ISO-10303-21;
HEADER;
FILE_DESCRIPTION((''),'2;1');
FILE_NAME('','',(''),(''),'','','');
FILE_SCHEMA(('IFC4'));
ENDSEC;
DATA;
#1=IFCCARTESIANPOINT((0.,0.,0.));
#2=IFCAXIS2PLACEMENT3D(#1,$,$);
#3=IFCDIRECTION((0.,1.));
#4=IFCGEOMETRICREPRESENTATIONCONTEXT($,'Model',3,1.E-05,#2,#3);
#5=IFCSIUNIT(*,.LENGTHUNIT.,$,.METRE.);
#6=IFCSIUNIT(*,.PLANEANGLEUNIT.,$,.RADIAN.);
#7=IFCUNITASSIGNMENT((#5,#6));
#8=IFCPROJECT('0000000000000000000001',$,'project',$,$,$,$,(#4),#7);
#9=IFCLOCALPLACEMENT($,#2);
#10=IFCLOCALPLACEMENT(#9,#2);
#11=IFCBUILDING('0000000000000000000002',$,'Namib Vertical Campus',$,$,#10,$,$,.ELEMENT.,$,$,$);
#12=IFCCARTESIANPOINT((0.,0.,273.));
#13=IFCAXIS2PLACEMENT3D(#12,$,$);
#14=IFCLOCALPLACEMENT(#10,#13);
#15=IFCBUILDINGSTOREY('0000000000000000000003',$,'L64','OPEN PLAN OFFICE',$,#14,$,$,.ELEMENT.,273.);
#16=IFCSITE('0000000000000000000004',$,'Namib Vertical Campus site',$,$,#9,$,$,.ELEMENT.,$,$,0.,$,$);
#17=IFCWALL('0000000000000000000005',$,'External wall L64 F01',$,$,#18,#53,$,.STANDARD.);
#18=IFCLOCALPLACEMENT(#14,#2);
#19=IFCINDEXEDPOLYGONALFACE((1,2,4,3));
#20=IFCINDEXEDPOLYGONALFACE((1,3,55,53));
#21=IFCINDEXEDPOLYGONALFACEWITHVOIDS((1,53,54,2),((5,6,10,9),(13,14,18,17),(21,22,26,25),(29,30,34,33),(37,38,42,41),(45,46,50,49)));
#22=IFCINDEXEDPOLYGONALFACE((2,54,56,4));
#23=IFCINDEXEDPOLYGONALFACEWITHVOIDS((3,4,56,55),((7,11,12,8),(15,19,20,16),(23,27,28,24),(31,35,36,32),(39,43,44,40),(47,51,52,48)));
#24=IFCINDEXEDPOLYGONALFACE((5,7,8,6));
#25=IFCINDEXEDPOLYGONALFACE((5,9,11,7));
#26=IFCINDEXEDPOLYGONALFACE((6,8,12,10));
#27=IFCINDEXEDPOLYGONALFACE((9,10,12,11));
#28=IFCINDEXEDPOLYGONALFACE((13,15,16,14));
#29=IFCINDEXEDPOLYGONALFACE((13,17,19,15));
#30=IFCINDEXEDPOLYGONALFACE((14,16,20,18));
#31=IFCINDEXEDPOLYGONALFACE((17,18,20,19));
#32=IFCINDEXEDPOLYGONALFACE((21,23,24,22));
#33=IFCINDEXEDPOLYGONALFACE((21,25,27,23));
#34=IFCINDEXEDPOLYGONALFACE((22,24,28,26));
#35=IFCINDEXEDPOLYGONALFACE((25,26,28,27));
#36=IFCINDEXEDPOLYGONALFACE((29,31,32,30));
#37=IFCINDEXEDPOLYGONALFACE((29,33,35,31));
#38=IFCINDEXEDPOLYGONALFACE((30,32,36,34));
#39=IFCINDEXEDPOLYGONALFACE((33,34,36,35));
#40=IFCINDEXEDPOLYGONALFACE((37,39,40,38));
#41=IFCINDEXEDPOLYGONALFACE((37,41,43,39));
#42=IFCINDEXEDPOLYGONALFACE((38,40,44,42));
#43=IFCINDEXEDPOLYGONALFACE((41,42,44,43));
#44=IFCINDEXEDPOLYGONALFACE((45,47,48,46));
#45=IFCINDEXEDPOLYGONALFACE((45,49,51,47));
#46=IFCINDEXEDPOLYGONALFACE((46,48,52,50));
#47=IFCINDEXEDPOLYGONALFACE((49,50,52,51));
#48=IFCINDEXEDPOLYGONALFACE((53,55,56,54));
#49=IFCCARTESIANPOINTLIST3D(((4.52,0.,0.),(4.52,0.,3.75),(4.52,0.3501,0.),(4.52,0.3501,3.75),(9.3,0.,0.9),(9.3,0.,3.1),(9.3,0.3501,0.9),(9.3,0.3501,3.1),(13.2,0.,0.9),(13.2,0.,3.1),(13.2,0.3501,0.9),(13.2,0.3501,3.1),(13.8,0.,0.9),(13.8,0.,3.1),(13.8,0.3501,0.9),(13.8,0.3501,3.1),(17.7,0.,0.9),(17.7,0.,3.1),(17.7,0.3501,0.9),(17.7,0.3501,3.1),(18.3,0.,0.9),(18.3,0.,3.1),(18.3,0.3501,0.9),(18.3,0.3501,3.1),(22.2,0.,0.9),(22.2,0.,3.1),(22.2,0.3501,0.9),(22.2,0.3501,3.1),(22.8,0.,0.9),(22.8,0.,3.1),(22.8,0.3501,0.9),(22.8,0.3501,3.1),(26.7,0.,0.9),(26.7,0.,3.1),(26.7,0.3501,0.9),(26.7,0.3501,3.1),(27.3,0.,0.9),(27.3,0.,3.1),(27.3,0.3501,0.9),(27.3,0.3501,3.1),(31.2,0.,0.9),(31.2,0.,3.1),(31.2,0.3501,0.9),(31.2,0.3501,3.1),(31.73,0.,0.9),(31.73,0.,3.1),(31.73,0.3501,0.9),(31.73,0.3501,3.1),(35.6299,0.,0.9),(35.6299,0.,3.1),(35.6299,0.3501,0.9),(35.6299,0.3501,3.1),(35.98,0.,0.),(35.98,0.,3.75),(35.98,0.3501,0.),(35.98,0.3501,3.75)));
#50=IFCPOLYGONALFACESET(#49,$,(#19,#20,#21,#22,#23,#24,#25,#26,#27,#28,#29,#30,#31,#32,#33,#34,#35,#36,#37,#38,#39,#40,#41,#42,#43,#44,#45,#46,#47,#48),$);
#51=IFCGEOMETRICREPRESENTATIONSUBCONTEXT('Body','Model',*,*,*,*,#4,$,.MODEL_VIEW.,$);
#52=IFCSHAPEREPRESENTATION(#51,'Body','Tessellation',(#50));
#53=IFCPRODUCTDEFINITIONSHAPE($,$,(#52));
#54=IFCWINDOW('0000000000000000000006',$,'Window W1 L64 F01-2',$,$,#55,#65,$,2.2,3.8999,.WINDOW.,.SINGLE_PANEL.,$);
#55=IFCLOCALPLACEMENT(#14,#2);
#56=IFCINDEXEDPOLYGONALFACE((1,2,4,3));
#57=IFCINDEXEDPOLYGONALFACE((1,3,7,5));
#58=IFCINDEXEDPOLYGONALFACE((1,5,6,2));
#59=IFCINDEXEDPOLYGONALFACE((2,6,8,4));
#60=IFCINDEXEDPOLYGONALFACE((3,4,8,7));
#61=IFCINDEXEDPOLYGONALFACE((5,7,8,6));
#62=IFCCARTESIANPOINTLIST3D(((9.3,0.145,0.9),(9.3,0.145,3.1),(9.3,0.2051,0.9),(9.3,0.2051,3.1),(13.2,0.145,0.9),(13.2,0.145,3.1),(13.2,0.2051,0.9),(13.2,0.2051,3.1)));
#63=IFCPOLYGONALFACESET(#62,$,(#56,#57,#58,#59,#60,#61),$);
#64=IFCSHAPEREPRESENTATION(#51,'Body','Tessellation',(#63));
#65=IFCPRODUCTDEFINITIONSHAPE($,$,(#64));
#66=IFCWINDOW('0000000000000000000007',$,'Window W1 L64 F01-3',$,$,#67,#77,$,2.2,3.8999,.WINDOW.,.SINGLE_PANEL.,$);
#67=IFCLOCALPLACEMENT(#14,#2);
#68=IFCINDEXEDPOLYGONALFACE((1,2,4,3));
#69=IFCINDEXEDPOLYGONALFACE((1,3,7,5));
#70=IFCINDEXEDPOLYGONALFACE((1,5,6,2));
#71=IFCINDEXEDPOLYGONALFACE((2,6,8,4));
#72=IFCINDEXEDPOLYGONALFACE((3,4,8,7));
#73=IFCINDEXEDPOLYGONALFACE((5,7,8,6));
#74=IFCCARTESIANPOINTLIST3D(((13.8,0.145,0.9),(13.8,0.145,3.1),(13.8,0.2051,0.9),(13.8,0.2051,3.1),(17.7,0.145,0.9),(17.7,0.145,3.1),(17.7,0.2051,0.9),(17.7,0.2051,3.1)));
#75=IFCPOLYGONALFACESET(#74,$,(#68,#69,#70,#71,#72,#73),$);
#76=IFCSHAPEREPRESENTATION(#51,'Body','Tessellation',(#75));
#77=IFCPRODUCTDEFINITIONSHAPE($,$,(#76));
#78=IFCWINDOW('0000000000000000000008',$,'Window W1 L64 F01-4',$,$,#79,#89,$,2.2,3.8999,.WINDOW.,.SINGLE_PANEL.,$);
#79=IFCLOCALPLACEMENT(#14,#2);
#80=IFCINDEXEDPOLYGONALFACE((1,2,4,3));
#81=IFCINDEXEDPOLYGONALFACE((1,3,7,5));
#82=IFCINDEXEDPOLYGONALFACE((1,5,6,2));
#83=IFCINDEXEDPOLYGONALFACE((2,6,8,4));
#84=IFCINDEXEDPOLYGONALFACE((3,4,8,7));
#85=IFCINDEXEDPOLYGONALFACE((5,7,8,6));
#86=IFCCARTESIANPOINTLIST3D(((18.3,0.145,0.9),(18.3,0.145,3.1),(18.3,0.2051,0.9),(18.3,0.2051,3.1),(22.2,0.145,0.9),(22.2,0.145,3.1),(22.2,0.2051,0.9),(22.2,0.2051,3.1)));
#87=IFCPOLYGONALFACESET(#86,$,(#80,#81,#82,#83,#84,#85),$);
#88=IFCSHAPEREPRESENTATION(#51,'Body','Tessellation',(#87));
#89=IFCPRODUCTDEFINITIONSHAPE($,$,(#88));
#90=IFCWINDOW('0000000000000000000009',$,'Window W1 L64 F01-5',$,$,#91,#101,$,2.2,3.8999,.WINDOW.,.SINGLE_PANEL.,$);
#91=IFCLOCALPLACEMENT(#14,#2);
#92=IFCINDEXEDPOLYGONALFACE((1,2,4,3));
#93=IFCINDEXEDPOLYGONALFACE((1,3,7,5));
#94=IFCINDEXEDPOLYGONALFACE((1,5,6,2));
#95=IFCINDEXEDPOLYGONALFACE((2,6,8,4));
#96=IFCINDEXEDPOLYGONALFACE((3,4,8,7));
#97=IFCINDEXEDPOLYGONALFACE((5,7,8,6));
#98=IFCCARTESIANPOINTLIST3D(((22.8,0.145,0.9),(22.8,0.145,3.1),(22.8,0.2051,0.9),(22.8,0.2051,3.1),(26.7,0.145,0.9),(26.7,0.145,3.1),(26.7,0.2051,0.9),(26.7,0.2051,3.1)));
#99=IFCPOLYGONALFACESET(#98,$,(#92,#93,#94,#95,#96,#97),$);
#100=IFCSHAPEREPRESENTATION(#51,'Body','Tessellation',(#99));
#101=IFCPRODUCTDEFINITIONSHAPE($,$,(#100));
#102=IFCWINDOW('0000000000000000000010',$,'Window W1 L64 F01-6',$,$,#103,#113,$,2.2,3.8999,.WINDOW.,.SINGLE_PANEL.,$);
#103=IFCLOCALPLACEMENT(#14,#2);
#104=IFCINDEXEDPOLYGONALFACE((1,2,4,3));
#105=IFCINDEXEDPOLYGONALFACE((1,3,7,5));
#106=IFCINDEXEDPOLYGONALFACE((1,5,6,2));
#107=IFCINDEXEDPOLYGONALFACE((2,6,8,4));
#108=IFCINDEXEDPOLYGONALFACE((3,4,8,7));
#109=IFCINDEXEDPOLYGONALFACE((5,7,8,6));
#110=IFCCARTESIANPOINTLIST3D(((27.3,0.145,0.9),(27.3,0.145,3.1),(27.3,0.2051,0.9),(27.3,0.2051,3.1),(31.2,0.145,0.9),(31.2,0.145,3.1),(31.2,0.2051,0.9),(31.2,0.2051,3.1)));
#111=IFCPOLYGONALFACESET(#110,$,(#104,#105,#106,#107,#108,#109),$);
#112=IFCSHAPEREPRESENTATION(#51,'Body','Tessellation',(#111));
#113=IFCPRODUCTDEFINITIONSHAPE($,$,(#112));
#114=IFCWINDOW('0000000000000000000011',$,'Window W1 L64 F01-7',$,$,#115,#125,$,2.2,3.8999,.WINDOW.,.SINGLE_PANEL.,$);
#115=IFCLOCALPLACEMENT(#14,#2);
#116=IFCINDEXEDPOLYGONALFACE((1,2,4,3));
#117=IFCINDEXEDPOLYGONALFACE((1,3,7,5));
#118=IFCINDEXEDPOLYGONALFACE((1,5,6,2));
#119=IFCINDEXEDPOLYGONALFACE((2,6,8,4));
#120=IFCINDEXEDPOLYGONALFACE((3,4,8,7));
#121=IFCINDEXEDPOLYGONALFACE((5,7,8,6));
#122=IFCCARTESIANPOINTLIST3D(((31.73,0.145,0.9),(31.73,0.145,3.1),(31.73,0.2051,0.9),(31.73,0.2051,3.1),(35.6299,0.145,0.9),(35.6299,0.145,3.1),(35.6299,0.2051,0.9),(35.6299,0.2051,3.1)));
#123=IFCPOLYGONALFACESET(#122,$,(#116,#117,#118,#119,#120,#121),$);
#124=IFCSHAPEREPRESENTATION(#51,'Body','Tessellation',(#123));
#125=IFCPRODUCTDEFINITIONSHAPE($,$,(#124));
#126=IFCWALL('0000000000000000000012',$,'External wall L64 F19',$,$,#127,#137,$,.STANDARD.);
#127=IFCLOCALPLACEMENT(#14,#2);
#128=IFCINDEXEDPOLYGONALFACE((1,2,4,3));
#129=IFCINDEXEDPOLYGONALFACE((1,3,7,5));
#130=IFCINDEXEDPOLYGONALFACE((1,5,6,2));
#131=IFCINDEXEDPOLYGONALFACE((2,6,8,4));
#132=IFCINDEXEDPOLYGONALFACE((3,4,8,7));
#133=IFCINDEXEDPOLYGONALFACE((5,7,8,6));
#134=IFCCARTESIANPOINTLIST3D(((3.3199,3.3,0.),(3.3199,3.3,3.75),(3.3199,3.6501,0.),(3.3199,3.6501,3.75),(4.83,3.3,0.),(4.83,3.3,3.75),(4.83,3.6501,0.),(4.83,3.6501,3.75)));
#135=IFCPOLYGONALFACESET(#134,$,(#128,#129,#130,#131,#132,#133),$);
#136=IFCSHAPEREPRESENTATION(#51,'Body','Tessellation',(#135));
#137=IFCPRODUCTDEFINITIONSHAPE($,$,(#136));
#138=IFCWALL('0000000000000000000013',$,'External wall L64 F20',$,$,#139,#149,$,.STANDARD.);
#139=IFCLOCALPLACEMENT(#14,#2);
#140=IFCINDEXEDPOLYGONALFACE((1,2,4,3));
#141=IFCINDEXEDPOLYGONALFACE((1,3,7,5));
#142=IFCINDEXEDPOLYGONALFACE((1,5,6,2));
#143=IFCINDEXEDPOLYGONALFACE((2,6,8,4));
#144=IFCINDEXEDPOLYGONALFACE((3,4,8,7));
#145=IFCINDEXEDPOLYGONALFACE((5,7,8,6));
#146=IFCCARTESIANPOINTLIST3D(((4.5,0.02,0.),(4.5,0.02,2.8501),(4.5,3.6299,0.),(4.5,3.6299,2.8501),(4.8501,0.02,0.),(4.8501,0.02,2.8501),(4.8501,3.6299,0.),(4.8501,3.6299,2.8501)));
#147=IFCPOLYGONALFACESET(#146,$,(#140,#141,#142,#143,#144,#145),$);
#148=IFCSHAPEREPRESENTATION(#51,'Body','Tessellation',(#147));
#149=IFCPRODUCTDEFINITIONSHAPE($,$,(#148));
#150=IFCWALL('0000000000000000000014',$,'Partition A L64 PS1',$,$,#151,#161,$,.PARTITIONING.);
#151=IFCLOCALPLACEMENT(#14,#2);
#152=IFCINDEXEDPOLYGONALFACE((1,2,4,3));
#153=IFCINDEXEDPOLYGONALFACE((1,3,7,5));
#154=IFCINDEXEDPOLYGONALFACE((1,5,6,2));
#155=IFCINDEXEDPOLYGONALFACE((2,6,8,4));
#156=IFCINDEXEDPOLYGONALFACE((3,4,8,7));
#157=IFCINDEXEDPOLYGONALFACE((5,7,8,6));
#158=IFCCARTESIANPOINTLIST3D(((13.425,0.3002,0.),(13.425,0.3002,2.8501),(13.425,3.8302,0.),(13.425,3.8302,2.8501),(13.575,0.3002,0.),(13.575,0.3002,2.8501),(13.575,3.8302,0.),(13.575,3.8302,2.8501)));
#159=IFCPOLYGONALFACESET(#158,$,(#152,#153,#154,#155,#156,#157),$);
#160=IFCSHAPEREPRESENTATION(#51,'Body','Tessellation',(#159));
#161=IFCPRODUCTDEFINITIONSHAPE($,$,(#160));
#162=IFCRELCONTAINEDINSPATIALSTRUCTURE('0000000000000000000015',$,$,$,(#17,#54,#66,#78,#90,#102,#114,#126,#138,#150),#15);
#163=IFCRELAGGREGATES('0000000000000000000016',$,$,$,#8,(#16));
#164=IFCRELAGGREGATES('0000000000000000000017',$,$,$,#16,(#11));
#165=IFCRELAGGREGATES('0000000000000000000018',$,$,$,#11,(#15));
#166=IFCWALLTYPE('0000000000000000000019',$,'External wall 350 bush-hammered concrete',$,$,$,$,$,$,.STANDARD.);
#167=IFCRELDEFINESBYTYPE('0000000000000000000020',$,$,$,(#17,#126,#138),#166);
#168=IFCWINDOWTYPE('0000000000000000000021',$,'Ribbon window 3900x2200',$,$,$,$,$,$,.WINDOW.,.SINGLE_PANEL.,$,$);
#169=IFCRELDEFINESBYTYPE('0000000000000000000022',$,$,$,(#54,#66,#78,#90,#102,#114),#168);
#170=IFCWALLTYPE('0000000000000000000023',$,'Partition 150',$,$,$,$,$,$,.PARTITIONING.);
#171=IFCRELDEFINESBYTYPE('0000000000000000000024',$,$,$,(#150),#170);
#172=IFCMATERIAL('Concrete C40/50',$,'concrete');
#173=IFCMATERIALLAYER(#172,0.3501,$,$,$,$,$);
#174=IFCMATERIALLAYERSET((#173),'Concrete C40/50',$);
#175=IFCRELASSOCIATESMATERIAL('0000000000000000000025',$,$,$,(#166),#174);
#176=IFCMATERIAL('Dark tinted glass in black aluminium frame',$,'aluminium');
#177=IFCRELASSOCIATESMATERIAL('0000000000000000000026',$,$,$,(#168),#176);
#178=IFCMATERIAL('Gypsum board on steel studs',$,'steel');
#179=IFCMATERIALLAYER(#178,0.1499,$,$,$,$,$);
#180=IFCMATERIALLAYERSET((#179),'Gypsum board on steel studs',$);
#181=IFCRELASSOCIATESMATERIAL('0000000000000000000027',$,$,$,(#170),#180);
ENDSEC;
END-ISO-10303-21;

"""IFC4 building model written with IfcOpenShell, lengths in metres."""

from ifc_helpers import new_model, si_unit, direction, frame, frame_2d, origin, place, context, subcontext, project, spatial, rectangle, extrude, material, layer, layer_set, type_object, element, fill, save


model = new_model("IFC4")

# Units and contexts
model_context = context("Model", 3, precision=1e-05, world=origin(), true_north=direction((0.0, 1.0)))
body_context = subcontext(model_context, "Body", "Model", "MODEL_VIEW")
ifc_project = project(units=[si_unit("LENGTHUNIT", "METRE"), si_unit("PLANEANGLEUNIT", "RADIAN")], contexts=[model_context])

# Site, building, storey
site_placement = place(None, origin())
site = spatial("IfcSite", under=ifc_project, at=site_placement, Name="Namib Vertical Campus site", CompositionType="ELEMENT", RefElevation=0.0)
building_placement = place(site_placement, origin())
building = spatial("IfcBuilding", under=site, at=building_placement, Name="Namib Vertical Campus", CompositionType="ELEMENT")
storey_placement = place(building_placement, frame((0.0, 0.0, 273.0)))
storey = spatial("IfcBuildingStorey", under=building, at=storey_placement, Name="L64", Description="OPEN PLAN OFFICE", CompositionType="ELEMENT", Elevation=273.0)

# Wall, openings, windows
ifc_material_1 = material(Name="Concrete C40/50", Category="concrete")
ifc_layer_1 = layer(ifc_material_1, 0.3501)
ifc_layer_set_1 = layer_set([ifc_layer_1], Name="Concrete C40/50")
wall_type_1 = type_object("IfcWallType", Name="External wall 350 bush-hammered concrete", PredefinedType="STANDARD", material=ifc_layer_set_1)
wall_1_placement = place(storey_placement, frame((4.52, 0.175, 0.0), z_axis=(0.0, 0.0, 1.0), x_axis=(1.0, 0.0, 0.0)))
wall_1 = element("IfcWall", 1, at=wall_1_placement, inside=storey, type_object=wall_type_1, Name="External wall L64 F01", PredefinedType="STANDARD", context=body_context, shape_type="SweptSolid", body=[
    extrude(rectangle(XDim=31.46, YDim=0.3501, at=frame_2d((15.73, 0.0))), origin(), (0.0, 0.0, 1.0), 3.75),
])
opening_1_placement = place(wall_1_placement, frame((4.78, 0.0, 0.8999)))
opening_1 = element("IfcOpeningElement", 2, at=opening_1_placement, cuts=wall_1, PredefinedType="OPENING", context=body_context, shape_type="SweptSolid", body=[
    extrude(rectangle(XDim=3.8999, YDim=2.2, at=frame_2d((1.95, 1.1001))), frame((0.0, 0.1851, 0.0), z_axis=(0.0, -1.0, 0.0), x_axis=(1.0, 0.0, 0.0)), (0.0, 0.0, 1.0), 0.3701),
])
opening_2_placement = place(wall_1_placement, frame((9.28, 0.0, 0.8999)))
opening_2 = element("IfcOpeningElement", 3, at=opening_2_placement, cuts=wall_1, PredefinedType="OPENING", context=body_context, shape_type="SweptSolid", body=[
    extrude(rectangle(XDim=3.8999, YDim=2.2, at=frame_2d((1.95, 1.1001))), frame((0.0, 0.1851, 0.0), z_axis=(0.0, -1.0, 0.0), x_axis=(1.0, 0.0, 0.0)), (0.0, 0.0, 1.0), 0.3701),
])
opening_3_placement = place(wall_1_placement, frame((13.78, 0.0, 0.8999)))
opening_3 = element("IfcOpeningElement", 4, at=opening_3_placement, cuts=wall_1, PredefinedType="OPENING", context=body_context, shape_type="SweptSolid", body=[
    extrude(rectangle(XDim=3.8999, YDim=2.2, at=frame_2d((1.95, 1.1001))), frame((0.0, 0.1851, 0.0), z_axis=(0.0, -1.0, 0.0), x_axis=(1.0, 0.0, 0.0)), (0.0, 0.0, 1.0), 0.3701),
])
opening_4_placement = place(wall_1_placement, frame((18.28, 0.0, 0.8999)))
opening_4 = element("IfcOpeningElement", 5, at=opening_4_placement, cuts=wall_1, PredefinedType="OPENING", context=body_context, shape_type="SweptSolid", body=[
    extrude(rectangle(XDim=3.8999, YDim=2.2, at=frame_2d((1.95, 1.1001))), frame((0.0, 0.1851, 0.0), z_axis=(0.0, -1.0, 0.0), x_axis=(1.0, 0.0, 0.0)), (0.0, 0.0, 1.0), 0.3701),
])
opening_5_placement = place(wall_1_placement, frame((22.78, 0.0, 0.8999)))
opening_5 = element("IfcOpeningElement", 6, at=opening_5_placement, cuts=wall_1, PredefinedType="OPENING", context=body_context, shape_type="SweptSolid", body=[
    extrude(rectangle(XDim=3.8999, YDim=2.2, at=frame_2d((1.95, 1.1001))), frame((0.0, 0.1851, 0.0), z_axis=(0.0, -1.0, 0.0), x_axis=(1.0, 0.0, 0.0)), (0.0, 0.0, 1.0), 0.3701),
])
opening_6_placement = place(wall_1_placement, frame((27.21, 0.0, 0.8999)))
opening_6 = element("IfcOpeningElement", 7, at=opening_6_placement, cuts=wall_1, PredefinedType="OPENING", context=body_context, shape_type="SweptSolid", body=[
    extrude(rectangle(XDim=3.8999, YDim=2.2, at=frame_2d((1.95, 1.1001))), frame((0.0, 0.1851, 0.0), z_axis=(0.0, -1.0, 0.0), x_axis=(1.0, 0.0, 0.0)), (0.0, 0.0, 1.0), 0.3701),
])
ifc_material_2 = material(Name="Dark tinted glass in black aluminium frame", Category="aluminium")
window_type = type_object("IfcWindowType", Name="Ribbon window 3900x2200", PartitioningType="SINGLE_PANEL", PredefinedType="WINDOW", material=ifc_material_2)
window_1_placement = place(opening_1_placement, origin())
window_1 = element("IfcWindow", 8, at=window_1_placement, inside=storey, type_object=window_type, Name="Window W1 L64 F01-2", OverallHeight=2.2, OverallWidth=3.8999, PartitioningType="SINGLE_PANEL", PredefinedType="WINDOW", context=body_context, shape_type="SweptSolid", body=[
    extrude(rectangle(XDim=3.8999, YDim=2.2, at=frame_2d((1.95, 1.1001))), frame((0.0, 0.03, 0.0), z_axis=(0.0, -1.0, 0.0), x_axis=(1.0, 0.0, 0.0)), (0.0, 0.0, 1.0), 0.0601),
])
fill(opening_1, window_1)
window_2_placement = place(opening_2_placement, origin())
window_2 = element("IfcWindow", 9, at=window_2_placement, inside=storey, type_object=window_type, Name="Window W1 L64 F01-3", OverallHeight=2.2, OverallWidth=3.8999, PartitioningType="SINGLE_PANEL", PredefinedType="WINDOW", context=body_context, shape_type="SweptSolid", body=[
    extrude(rectangle(XDim=3.8999, YDim=2.2, at=frame_2d((1.95, 1.1001))), frame((0.0, 0.03, 0.0), z_axis=(0.0, -1.0, 0.0), x_axis=(1.0, 0.0, 0.0)), (0.0, 0.0, 1.0), 0.0601),
])
fill(opening_2, window_2)
window_3_placement = place(opening_3_placement, origin())
window_3 = element("IfcWindow", 10, at=window_3_placement, inside=storey, type_object=window_type, Name="Window W1 L64 F01-4", OverallHeight=2.2, OverallWidth=3.8999, PartitioningType="SINGLE_PANEL", PredefinedType="WINDOW", context=body_context, shape_type="SweptSolid", body=[
    extrude(rectangle(XDim=3.8999, YDim=2.2, at=frame_2d((1.95, 1.1001))), frame((0.0, 0.03, 0.0), z_axis=(0.0, -1.0, 0.0), x_axis=(1.0, 0.0, 0.0)), (0.0, 0.0, 1.0), 0.0601),
])
fill(opening_3, window_3)
window_4_placement = place(opening_4_placement, origin())
window_4 = element("IfcWindow", 11, at=window_4_placement, inside=storey, type_object=window_type, Name="Window W1 L64 F01-5", OverallHeight=2.2, OverallWidth=3.8999, PartitioningType="SINGLE_PANEL", PredefinedType="WINDOW", context=body_context, shape_type="SweptSolid", body=[
    extrude(rectangle(XDim=3.8999, YDim=2.2, at=frame_2d((1.95, 1.1001))), frame((0.0, 0.03, 0.0), z_axis=(0.0, -1.0, 0.0), x_axis=(1.0, 0.0, 0.0)), (0.0, 0.0, 1.0), 0.0601),
])
fill(opening_4, window_4)
window_5_placement = place(opening_5_placement, origin())
window_5 = element("IfcWindow", 12, at=window_5_placement, inside=storey, type_object=window_type, Name="Window W1 L64 F01-6", OverallHeight=2.2, OverallWidth=3.8999, PartitioningType="SINGLE_PANEL", PredefinedType="WINDOW", context=body_context, shape_type="SweptSolid", body=[
    extrude(rectangle(XDim=3.8999, YDim=2.2, at=frame_2d((1.95, 1.1001))), frame((0.0, 0.03, 0.0), z_axis=(0.0, -1.0, 0.0), x_axis=(1.0, 0.0, 0.0)), (0.0, 0.0, 1.0), 0.0601),
])
fill(opening_5, window_5)
window_6_placement = place(opening_6_placement, origin())
window_6 = element("IfcWindow", 13, at=window_6_placement, inside=storey, type_object=window_type, Name="Window W1 L64 F01-7", OverallHeight=2.2, OverallWidth=3.8999, PartitioningType="SINGLE_PANEL", PredefinedType="WINDOW", context=body_context, shape_type="SweptSolid", body=[
    extrude(rectangle(XDim=3.8999, YDim=2.2, at=frame_2d((1.95, 1.1001))), frame((0.0, 0.03, 0.0), z_axis=(0.0, -1.0, 0.0), x_axis=(1.0, 0.0, 0.0)), (0.0, 0.0, 1.0), 0.0601),
])
fill(opening_6, window_6)

# Walls
wall_2_placement = place(storey_placement, frame((3.3201, 3.4751, 0.0), z_axis=(0.0, 0.0, 1.0), x_axis=(1.0, 0.0, 0.0)))
element("IfcWall", 14, at=wall_2_placement, inside=storey, type_object=wall_type_1, Name="External wall L64 F19", PredefinedType="STANDARD", context=body_context, shape_type="SweptSolid", body=[
    extrude(rectangle(XDim=1.51, YDim=0.3501, at=frame_2d((0.7549, 0.0))), origin(), (0.0, 0.0, 1.0), 3.75),
])
wall_3_placement = place(storey_placement, frame((4.675, 3.6299, 0.0), z_axis=(0.0, 0.0, 1.0), x_axis=(0.0, -1.0, 0.0)))
element("IfcWall", 15, at=wall_3_placement, inside=storey, type_object=wall_type_1, Name="External wall L64 F20", PredefinedType="STANDARD", context=body_context, shape_type="SweptSolid", body=[
    extrude(rectangle(XDim=3.6099, YDim=0.3501, at=frame_2d((1.8049, 0.0))), origin(), (0.0, 0.0, 1.0), 2.8501),
])
ifc_material_3 = material(Name="Gypsum board on steel studs", Category="steel")
ifc_layer_2 = layer(ifc_material_3, 0.1499)
ifc_layer_set_2 = layer_set([ifc_layer_2], Name="Gypsum board on steel studs")
wall_type_2 = type_object("IfcWallType", Name="Partition 150", PredefinedType="PARTITIONING", material=ifc_layer_set_2)
wall_4_placement = place(storey_placement, frame((13.5, 0.3, 0.0), z_axis=(0.0, 0.0, 1.0), x_axis=(0.0, 1.0, 0.0)))
element("IfcWall", 16, at=wall_4_placement, inside=storey, type_object=wall_type_2, Name="Partition A L64 PS1", PredefinedType="PARTITIONING", context=body_context, shape_type="SweptSolid", body=[
    extrude(rectangle(XDim=3.53, YDim=0.1499, at=frame_2d((1.7651, 0.0))), origin(), (0.0, 0.0, 1.0), 2.8501),
])

save(model, "model.ifc")
